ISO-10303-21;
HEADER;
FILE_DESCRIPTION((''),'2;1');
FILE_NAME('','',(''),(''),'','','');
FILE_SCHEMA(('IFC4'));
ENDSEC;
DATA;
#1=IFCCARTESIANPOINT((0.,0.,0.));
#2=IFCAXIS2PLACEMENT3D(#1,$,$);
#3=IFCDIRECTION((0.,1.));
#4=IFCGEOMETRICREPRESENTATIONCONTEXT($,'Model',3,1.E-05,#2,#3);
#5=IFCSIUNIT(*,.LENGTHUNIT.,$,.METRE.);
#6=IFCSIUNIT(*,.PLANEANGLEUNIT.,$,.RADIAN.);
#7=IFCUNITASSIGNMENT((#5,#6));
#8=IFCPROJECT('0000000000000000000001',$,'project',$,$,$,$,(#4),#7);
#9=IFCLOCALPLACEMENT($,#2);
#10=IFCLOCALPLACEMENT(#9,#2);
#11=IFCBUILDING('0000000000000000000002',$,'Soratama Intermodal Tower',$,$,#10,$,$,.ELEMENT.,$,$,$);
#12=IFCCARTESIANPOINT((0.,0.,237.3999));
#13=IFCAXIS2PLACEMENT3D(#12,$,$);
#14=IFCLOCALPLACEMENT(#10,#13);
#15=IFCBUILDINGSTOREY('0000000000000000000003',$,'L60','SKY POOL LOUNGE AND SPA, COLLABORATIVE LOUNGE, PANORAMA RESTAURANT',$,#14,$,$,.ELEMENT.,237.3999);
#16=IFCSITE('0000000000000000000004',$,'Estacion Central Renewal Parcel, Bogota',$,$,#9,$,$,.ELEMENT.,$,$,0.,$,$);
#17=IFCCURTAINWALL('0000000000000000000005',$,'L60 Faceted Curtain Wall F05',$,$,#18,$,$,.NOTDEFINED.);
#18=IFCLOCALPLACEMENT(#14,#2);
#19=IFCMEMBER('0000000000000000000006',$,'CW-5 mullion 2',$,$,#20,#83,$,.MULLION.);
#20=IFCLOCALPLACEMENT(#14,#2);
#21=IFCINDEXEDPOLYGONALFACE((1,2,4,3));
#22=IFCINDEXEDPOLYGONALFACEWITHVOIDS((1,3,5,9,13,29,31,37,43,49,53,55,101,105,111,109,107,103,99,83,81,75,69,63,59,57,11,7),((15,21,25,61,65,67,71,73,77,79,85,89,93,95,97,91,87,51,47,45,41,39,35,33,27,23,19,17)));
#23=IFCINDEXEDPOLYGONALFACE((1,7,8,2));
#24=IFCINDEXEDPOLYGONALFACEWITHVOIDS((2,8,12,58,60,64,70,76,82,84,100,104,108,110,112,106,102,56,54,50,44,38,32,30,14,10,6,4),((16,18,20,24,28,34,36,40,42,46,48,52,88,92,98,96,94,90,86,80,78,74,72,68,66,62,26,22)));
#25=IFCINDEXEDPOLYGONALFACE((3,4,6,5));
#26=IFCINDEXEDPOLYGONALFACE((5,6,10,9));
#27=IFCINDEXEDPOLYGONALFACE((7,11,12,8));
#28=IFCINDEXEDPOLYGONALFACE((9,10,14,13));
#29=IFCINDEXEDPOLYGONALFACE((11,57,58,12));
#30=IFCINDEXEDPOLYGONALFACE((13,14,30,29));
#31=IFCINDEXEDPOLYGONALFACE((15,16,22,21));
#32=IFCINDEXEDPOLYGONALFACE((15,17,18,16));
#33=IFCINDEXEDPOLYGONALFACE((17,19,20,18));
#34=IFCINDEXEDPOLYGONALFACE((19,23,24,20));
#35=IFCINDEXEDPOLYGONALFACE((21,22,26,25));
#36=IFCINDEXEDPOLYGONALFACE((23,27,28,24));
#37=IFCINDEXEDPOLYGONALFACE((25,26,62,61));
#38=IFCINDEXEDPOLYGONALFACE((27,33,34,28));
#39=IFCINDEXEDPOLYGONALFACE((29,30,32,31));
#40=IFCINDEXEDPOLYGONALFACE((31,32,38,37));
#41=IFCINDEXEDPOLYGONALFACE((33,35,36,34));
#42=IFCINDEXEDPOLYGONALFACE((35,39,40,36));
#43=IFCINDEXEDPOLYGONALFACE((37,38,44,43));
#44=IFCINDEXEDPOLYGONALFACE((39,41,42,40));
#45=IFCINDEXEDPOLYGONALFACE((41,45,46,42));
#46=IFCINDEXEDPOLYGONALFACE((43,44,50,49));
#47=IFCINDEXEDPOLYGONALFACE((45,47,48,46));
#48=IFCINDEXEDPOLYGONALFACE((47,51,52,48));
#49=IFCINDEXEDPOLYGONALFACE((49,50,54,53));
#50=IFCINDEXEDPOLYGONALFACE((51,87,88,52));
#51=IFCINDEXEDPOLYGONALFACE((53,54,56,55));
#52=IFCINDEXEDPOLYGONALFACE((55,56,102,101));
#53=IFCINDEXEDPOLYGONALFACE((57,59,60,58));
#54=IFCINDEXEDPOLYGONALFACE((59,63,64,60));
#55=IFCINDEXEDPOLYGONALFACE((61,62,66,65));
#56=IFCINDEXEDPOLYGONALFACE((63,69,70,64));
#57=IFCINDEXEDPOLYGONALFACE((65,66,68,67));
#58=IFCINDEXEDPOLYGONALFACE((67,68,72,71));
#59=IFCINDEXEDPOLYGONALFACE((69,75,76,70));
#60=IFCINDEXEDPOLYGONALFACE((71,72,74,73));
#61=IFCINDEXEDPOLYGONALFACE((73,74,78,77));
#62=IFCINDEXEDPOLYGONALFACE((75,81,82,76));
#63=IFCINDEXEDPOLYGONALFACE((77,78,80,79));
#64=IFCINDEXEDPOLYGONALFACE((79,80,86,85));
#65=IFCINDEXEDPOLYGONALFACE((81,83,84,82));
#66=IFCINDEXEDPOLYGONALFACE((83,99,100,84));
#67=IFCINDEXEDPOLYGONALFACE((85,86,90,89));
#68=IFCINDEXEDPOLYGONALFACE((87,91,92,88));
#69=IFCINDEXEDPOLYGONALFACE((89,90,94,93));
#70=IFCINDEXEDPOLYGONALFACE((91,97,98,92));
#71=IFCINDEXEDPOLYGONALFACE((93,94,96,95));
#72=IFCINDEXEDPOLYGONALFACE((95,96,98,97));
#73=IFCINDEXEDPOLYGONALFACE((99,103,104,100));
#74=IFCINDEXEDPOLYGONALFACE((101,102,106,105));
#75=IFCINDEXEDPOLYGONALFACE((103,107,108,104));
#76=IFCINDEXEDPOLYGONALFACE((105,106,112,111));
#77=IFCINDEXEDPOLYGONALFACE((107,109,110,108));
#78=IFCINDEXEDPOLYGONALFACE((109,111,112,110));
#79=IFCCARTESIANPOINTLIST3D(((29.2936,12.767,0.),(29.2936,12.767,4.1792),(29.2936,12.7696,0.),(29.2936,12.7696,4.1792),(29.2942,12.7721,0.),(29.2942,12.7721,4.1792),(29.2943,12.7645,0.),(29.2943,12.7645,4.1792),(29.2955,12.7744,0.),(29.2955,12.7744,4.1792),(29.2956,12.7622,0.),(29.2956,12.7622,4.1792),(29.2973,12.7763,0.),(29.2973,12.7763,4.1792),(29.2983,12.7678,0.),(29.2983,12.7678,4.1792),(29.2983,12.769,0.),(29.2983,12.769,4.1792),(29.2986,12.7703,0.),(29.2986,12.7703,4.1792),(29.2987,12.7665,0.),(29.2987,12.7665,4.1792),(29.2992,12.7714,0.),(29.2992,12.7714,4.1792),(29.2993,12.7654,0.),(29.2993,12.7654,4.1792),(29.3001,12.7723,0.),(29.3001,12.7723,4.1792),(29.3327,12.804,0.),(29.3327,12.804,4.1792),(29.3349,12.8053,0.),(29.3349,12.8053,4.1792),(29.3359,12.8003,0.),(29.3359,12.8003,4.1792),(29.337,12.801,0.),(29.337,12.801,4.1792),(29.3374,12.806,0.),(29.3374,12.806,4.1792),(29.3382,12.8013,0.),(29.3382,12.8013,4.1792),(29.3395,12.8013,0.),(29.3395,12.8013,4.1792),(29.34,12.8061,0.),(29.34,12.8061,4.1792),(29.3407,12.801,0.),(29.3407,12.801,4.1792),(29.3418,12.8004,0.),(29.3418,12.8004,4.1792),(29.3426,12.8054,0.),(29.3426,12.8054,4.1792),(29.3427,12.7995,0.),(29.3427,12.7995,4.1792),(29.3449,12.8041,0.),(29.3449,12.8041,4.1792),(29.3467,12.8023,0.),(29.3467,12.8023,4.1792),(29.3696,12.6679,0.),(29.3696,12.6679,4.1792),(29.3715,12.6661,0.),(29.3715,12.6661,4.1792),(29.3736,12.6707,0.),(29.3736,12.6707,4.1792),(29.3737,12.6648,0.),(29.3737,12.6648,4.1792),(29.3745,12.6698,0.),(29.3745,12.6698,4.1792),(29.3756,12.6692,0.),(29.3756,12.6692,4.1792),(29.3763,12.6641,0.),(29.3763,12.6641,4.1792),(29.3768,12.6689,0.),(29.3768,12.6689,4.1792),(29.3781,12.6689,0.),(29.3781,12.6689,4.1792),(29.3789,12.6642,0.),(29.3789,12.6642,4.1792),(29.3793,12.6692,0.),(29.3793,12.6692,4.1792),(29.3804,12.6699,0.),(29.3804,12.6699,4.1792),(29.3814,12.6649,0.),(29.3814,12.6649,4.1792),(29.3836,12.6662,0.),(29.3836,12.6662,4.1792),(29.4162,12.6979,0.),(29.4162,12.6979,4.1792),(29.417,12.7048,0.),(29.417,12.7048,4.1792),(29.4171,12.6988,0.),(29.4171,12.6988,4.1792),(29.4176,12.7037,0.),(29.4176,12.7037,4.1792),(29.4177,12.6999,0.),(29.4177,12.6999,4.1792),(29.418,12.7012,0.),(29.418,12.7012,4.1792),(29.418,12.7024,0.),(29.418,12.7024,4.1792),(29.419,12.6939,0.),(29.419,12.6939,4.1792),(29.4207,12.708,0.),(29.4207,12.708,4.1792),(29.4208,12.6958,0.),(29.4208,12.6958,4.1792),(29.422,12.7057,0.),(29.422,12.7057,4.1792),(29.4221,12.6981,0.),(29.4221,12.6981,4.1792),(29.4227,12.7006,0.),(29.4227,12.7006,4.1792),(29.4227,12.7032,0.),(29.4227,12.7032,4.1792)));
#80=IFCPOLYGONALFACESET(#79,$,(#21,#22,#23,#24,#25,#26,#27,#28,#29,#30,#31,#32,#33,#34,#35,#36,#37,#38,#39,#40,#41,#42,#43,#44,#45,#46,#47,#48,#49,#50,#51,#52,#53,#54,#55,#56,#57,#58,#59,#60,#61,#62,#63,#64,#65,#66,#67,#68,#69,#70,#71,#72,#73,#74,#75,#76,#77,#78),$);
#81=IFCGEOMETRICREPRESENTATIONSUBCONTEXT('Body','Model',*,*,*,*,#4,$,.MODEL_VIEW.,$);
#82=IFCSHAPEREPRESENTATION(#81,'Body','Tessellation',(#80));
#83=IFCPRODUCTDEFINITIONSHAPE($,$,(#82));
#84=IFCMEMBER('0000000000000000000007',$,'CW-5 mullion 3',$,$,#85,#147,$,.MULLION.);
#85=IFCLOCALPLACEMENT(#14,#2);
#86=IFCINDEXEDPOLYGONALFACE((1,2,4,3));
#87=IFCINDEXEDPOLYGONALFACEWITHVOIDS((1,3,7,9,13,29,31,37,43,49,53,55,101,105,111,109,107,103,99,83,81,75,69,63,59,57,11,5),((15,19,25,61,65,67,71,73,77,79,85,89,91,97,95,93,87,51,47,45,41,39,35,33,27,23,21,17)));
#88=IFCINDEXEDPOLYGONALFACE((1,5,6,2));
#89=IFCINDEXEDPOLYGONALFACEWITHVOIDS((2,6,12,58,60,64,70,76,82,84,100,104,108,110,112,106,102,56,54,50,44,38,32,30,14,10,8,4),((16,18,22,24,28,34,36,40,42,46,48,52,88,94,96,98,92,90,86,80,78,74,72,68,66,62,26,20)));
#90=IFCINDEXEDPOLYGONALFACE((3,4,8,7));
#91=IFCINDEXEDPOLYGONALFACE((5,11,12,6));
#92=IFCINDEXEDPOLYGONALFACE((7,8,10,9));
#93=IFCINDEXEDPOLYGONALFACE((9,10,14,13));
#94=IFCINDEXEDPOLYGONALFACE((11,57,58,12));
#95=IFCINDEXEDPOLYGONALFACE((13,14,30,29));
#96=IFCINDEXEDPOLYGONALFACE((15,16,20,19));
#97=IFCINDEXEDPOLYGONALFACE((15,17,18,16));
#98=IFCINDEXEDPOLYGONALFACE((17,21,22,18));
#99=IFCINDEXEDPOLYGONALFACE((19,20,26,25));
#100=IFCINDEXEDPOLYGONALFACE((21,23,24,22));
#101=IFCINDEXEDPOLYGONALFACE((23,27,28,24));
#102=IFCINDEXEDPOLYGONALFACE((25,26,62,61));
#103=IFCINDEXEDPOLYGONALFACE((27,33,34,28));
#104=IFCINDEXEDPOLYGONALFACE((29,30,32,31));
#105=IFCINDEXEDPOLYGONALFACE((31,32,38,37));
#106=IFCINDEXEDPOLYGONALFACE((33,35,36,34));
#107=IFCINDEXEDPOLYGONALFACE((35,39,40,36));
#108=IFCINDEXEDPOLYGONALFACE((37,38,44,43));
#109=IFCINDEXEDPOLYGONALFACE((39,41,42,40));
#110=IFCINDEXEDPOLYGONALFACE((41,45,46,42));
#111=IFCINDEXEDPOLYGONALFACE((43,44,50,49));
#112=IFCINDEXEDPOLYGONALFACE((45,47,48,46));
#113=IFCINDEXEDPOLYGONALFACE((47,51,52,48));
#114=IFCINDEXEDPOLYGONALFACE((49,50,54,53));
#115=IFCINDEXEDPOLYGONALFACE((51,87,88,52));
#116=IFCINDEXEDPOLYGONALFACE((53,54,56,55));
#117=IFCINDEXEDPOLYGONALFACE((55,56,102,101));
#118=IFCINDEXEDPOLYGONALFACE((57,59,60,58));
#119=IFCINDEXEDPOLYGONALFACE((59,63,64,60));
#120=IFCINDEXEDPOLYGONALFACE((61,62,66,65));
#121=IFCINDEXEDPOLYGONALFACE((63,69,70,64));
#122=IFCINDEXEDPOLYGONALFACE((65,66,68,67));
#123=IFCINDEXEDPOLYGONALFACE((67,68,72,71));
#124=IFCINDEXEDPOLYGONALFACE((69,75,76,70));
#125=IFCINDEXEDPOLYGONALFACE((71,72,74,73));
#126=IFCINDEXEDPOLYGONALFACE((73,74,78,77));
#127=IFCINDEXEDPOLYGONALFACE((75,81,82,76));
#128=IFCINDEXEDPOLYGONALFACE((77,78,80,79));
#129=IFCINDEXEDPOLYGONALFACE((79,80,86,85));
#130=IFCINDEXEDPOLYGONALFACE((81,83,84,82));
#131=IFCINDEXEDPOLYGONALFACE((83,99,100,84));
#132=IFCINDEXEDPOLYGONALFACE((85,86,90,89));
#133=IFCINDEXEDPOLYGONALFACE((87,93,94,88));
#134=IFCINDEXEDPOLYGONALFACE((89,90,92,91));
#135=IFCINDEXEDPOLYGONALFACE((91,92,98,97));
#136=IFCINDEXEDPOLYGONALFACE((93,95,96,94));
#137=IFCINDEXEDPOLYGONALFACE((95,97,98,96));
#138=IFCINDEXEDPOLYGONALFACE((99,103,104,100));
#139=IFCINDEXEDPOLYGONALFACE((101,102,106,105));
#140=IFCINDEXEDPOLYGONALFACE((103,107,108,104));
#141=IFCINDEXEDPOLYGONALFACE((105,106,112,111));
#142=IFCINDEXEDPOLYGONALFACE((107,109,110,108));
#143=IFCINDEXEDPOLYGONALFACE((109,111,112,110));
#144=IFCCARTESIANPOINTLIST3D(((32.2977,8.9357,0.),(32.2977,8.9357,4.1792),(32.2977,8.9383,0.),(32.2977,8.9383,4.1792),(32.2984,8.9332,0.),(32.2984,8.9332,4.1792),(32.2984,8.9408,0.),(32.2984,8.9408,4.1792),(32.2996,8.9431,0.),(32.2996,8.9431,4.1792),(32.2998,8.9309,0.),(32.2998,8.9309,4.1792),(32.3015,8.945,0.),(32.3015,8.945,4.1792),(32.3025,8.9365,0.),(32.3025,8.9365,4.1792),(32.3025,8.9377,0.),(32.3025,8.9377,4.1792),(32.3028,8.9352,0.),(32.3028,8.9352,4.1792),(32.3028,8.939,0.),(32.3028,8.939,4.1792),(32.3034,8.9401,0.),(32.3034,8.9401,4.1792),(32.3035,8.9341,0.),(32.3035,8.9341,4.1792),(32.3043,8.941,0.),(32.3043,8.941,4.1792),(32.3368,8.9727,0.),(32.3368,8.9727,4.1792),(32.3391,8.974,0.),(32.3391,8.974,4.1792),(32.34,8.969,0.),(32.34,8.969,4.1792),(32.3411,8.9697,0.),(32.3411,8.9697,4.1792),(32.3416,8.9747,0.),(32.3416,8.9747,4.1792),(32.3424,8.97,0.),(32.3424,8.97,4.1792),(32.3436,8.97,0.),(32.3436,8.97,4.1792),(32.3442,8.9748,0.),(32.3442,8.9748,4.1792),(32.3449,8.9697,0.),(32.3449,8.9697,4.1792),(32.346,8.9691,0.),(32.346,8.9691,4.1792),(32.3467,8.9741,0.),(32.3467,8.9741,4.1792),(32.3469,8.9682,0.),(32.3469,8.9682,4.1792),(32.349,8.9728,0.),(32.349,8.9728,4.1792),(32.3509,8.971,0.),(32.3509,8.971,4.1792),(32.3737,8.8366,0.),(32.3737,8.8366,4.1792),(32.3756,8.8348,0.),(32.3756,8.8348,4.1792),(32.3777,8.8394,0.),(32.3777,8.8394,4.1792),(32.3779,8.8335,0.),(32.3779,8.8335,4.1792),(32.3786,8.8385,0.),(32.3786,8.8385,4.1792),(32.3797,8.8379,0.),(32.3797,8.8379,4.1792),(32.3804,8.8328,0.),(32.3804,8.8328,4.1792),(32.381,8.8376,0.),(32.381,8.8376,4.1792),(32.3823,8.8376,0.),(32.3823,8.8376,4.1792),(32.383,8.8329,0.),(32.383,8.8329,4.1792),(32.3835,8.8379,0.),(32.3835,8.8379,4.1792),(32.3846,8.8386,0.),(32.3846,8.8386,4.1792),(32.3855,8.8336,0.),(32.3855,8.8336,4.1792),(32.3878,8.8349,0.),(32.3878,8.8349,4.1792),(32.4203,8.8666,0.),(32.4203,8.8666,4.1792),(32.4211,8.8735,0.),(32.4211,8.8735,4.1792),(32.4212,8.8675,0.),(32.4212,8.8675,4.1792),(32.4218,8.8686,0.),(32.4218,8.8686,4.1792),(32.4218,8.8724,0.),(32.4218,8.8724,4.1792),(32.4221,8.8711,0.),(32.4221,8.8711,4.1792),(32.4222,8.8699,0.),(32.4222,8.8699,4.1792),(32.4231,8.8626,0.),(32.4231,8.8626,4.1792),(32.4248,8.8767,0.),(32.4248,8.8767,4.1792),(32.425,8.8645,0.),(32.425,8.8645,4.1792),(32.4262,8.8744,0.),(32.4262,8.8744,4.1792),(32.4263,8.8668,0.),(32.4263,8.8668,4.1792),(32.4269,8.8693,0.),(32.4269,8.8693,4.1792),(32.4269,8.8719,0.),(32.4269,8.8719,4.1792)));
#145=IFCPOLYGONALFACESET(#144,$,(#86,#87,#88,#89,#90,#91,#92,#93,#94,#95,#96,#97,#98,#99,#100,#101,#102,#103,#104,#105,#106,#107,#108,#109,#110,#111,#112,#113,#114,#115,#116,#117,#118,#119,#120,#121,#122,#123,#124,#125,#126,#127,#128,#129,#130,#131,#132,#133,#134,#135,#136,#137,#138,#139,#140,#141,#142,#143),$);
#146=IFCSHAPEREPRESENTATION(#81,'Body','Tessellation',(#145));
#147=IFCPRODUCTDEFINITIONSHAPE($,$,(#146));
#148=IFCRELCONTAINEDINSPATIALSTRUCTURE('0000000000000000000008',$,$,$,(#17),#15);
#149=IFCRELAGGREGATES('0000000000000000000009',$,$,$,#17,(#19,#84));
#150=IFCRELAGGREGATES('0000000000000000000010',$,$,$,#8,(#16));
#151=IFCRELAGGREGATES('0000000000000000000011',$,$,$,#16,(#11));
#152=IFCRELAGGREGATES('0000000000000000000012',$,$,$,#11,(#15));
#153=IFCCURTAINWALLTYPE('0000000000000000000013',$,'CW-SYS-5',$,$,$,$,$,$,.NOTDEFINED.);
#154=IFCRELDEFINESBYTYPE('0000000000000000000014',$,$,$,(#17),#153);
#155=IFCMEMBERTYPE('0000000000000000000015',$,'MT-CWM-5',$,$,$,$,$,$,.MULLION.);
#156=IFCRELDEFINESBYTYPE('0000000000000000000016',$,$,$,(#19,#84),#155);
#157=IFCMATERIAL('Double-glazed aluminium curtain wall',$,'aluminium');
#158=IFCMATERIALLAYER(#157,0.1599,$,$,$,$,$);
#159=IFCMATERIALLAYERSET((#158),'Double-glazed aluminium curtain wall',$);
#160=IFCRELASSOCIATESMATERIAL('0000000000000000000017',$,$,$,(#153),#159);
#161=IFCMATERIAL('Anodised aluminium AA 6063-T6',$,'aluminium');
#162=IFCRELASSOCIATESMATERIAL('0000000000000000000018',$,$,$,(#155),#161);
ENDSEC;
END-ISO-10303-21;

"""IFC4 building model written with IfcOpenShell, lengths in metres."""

from ifc_helpers import new_model, si_unit, direction, frame, origin, origin_2d, place, context, subcontext, project, spatial, hollow_rectangle, extrude, material, layer, layer_set, material_profile, profile_set, type_object, element, aggregate, save


model = new_model("IFC4")

# Units and contexts
model_context = context("Model", 3, precision=1e-05, world=origin(), true_north=direction((0.0, 1.0)))
body_context = subcontext(model_context, "Body", "Model", "MODEL_VIEW")
ifc_project = project(units=[si_unit("LENGTHUNIT", "METRE"), si_unit("PLANEANGLEUNIT", "RADIAN")], contexts=[model_context])

# Site, building, storey
site_placement = place(None, origin())
site = spatial("IfcSite", under=ifc_project, at=site_placement, Name="Estacion Central Renewal Parcel, Bogota", CompositionType="ELEMENT", RefElevation=0.0)
building_placement = place(site_placement, origin())
building = spatial("IfcBuilding", under=site, at=building_placement, Name="Soratama Intermodal Tower", CompositionType="ELEMENT")
storey_placement = place(building_placement, frame((0.0, 0.0, 237.3999)))
storey = spatial("IfcBuildingStorey", under=building, at=storey_placement, Name="L60", Description="SKY POOL LOUNGE AND SPA, COLLABORATIVE LOUNGE, PANORAMA RESTAURANT", CompositionType="ELEMENT", Elevation=237.3999)

# Curtain wall, members
ifc_material_1 = material(Name="Double-glazed aluminium curtain wall", Category="aluminium")
ifc_layer_1 = layer(ifc_material_1, 0.1599)
ifc_layer_set_1 = layer_set([ifc_layer_1], Name="Double-glazed aluminium curtain wall")
curtain_wall_type = type_object("IfcCurtainWallType", Name="CW-SYS-5", PredefinedType="NOTDEFINED", material=ifc_layer_set_1)
curtain_wall_placement = place(storey_placement, origin())
curtain_wall = element("IfcCurtainWall", 1, at=curtain_wall_placement, inside=storey, type_object=curtain_wall_type, Name="L60 Faceted Curtain Wall F05", PredefinedType="NOTDEFINED")
ifc_material_2 = material(Name="Anodised aluminium AA 6063-T6", Category="aluminium")
ifc_material_profile_1 = material_profile(ifc_material_2, hollow_rectangle(XDim=0.0649, YDim=0.1399, WallThickness=0.0049, InnerFilletRadius=0.0049, OuterFilletRadius=0.01, at=origin_2d()), Name="CWM140X65X5")
ifc_profile_set_1 = profile_set([ifc_material_profile_1], Name="Anodised aluminium AA 6063-T6")
member_type_1 = type_object("IfcMemberType", Name="MT-CWM-5", PredefinedType="MULLION", material=ifc_profile_set_1)
member_1_placement = place(storey_placement, frame((29.3582, 12.7351, 0.0), z_axis=(0.0, 0.0, 1.0), x_axis=(0.786935, 0.617036, 0.0)))
member_1 = element("IfcMember", 2, at=member_1_placement, type_object=member_type_1, Name="CW-5 mullion 2", PredefinedType="MULLION", context=body_context, shape_type="SweptSolid", body=[
    extrude(hollow_rectangle(XDim=0.0649, YDim=0.1399, WallThickness=0.0049, InnerFilletRadius=0.0049, OuterFilletRadius=0.01, at=origin_2d()), origin(), (0.0, 0.0, 1.0), 4.1792),
])
member_2_placement = place(storey_placement, frame((32.3623, 8.9038, 0.0), z_axis=(0.0, 0.0, 1.0), x_axis=(0.786935, 0.617036, 0.0)))
member_2 = element("IfcMember", 3, at=member_2_placement, type_object=member_type_1, Name="CW-5 mullion 3", PredefinedType="MULLION", context=body_context, shape_type="SweptSolid", body=[
    extrude(hollow_rectangle(XDim=0.0649, YDim=0.1399, WallThickness=0.0049, InnerFilletRadius=0.0049, OuterFilletRadius=0.01, at=origin_2d()), origin(), (0.0, 0.0, 1.0), 4.1792),
])
aggregate(curtain_wall, [member_1, member_2])

save(model, "model.ifc")
